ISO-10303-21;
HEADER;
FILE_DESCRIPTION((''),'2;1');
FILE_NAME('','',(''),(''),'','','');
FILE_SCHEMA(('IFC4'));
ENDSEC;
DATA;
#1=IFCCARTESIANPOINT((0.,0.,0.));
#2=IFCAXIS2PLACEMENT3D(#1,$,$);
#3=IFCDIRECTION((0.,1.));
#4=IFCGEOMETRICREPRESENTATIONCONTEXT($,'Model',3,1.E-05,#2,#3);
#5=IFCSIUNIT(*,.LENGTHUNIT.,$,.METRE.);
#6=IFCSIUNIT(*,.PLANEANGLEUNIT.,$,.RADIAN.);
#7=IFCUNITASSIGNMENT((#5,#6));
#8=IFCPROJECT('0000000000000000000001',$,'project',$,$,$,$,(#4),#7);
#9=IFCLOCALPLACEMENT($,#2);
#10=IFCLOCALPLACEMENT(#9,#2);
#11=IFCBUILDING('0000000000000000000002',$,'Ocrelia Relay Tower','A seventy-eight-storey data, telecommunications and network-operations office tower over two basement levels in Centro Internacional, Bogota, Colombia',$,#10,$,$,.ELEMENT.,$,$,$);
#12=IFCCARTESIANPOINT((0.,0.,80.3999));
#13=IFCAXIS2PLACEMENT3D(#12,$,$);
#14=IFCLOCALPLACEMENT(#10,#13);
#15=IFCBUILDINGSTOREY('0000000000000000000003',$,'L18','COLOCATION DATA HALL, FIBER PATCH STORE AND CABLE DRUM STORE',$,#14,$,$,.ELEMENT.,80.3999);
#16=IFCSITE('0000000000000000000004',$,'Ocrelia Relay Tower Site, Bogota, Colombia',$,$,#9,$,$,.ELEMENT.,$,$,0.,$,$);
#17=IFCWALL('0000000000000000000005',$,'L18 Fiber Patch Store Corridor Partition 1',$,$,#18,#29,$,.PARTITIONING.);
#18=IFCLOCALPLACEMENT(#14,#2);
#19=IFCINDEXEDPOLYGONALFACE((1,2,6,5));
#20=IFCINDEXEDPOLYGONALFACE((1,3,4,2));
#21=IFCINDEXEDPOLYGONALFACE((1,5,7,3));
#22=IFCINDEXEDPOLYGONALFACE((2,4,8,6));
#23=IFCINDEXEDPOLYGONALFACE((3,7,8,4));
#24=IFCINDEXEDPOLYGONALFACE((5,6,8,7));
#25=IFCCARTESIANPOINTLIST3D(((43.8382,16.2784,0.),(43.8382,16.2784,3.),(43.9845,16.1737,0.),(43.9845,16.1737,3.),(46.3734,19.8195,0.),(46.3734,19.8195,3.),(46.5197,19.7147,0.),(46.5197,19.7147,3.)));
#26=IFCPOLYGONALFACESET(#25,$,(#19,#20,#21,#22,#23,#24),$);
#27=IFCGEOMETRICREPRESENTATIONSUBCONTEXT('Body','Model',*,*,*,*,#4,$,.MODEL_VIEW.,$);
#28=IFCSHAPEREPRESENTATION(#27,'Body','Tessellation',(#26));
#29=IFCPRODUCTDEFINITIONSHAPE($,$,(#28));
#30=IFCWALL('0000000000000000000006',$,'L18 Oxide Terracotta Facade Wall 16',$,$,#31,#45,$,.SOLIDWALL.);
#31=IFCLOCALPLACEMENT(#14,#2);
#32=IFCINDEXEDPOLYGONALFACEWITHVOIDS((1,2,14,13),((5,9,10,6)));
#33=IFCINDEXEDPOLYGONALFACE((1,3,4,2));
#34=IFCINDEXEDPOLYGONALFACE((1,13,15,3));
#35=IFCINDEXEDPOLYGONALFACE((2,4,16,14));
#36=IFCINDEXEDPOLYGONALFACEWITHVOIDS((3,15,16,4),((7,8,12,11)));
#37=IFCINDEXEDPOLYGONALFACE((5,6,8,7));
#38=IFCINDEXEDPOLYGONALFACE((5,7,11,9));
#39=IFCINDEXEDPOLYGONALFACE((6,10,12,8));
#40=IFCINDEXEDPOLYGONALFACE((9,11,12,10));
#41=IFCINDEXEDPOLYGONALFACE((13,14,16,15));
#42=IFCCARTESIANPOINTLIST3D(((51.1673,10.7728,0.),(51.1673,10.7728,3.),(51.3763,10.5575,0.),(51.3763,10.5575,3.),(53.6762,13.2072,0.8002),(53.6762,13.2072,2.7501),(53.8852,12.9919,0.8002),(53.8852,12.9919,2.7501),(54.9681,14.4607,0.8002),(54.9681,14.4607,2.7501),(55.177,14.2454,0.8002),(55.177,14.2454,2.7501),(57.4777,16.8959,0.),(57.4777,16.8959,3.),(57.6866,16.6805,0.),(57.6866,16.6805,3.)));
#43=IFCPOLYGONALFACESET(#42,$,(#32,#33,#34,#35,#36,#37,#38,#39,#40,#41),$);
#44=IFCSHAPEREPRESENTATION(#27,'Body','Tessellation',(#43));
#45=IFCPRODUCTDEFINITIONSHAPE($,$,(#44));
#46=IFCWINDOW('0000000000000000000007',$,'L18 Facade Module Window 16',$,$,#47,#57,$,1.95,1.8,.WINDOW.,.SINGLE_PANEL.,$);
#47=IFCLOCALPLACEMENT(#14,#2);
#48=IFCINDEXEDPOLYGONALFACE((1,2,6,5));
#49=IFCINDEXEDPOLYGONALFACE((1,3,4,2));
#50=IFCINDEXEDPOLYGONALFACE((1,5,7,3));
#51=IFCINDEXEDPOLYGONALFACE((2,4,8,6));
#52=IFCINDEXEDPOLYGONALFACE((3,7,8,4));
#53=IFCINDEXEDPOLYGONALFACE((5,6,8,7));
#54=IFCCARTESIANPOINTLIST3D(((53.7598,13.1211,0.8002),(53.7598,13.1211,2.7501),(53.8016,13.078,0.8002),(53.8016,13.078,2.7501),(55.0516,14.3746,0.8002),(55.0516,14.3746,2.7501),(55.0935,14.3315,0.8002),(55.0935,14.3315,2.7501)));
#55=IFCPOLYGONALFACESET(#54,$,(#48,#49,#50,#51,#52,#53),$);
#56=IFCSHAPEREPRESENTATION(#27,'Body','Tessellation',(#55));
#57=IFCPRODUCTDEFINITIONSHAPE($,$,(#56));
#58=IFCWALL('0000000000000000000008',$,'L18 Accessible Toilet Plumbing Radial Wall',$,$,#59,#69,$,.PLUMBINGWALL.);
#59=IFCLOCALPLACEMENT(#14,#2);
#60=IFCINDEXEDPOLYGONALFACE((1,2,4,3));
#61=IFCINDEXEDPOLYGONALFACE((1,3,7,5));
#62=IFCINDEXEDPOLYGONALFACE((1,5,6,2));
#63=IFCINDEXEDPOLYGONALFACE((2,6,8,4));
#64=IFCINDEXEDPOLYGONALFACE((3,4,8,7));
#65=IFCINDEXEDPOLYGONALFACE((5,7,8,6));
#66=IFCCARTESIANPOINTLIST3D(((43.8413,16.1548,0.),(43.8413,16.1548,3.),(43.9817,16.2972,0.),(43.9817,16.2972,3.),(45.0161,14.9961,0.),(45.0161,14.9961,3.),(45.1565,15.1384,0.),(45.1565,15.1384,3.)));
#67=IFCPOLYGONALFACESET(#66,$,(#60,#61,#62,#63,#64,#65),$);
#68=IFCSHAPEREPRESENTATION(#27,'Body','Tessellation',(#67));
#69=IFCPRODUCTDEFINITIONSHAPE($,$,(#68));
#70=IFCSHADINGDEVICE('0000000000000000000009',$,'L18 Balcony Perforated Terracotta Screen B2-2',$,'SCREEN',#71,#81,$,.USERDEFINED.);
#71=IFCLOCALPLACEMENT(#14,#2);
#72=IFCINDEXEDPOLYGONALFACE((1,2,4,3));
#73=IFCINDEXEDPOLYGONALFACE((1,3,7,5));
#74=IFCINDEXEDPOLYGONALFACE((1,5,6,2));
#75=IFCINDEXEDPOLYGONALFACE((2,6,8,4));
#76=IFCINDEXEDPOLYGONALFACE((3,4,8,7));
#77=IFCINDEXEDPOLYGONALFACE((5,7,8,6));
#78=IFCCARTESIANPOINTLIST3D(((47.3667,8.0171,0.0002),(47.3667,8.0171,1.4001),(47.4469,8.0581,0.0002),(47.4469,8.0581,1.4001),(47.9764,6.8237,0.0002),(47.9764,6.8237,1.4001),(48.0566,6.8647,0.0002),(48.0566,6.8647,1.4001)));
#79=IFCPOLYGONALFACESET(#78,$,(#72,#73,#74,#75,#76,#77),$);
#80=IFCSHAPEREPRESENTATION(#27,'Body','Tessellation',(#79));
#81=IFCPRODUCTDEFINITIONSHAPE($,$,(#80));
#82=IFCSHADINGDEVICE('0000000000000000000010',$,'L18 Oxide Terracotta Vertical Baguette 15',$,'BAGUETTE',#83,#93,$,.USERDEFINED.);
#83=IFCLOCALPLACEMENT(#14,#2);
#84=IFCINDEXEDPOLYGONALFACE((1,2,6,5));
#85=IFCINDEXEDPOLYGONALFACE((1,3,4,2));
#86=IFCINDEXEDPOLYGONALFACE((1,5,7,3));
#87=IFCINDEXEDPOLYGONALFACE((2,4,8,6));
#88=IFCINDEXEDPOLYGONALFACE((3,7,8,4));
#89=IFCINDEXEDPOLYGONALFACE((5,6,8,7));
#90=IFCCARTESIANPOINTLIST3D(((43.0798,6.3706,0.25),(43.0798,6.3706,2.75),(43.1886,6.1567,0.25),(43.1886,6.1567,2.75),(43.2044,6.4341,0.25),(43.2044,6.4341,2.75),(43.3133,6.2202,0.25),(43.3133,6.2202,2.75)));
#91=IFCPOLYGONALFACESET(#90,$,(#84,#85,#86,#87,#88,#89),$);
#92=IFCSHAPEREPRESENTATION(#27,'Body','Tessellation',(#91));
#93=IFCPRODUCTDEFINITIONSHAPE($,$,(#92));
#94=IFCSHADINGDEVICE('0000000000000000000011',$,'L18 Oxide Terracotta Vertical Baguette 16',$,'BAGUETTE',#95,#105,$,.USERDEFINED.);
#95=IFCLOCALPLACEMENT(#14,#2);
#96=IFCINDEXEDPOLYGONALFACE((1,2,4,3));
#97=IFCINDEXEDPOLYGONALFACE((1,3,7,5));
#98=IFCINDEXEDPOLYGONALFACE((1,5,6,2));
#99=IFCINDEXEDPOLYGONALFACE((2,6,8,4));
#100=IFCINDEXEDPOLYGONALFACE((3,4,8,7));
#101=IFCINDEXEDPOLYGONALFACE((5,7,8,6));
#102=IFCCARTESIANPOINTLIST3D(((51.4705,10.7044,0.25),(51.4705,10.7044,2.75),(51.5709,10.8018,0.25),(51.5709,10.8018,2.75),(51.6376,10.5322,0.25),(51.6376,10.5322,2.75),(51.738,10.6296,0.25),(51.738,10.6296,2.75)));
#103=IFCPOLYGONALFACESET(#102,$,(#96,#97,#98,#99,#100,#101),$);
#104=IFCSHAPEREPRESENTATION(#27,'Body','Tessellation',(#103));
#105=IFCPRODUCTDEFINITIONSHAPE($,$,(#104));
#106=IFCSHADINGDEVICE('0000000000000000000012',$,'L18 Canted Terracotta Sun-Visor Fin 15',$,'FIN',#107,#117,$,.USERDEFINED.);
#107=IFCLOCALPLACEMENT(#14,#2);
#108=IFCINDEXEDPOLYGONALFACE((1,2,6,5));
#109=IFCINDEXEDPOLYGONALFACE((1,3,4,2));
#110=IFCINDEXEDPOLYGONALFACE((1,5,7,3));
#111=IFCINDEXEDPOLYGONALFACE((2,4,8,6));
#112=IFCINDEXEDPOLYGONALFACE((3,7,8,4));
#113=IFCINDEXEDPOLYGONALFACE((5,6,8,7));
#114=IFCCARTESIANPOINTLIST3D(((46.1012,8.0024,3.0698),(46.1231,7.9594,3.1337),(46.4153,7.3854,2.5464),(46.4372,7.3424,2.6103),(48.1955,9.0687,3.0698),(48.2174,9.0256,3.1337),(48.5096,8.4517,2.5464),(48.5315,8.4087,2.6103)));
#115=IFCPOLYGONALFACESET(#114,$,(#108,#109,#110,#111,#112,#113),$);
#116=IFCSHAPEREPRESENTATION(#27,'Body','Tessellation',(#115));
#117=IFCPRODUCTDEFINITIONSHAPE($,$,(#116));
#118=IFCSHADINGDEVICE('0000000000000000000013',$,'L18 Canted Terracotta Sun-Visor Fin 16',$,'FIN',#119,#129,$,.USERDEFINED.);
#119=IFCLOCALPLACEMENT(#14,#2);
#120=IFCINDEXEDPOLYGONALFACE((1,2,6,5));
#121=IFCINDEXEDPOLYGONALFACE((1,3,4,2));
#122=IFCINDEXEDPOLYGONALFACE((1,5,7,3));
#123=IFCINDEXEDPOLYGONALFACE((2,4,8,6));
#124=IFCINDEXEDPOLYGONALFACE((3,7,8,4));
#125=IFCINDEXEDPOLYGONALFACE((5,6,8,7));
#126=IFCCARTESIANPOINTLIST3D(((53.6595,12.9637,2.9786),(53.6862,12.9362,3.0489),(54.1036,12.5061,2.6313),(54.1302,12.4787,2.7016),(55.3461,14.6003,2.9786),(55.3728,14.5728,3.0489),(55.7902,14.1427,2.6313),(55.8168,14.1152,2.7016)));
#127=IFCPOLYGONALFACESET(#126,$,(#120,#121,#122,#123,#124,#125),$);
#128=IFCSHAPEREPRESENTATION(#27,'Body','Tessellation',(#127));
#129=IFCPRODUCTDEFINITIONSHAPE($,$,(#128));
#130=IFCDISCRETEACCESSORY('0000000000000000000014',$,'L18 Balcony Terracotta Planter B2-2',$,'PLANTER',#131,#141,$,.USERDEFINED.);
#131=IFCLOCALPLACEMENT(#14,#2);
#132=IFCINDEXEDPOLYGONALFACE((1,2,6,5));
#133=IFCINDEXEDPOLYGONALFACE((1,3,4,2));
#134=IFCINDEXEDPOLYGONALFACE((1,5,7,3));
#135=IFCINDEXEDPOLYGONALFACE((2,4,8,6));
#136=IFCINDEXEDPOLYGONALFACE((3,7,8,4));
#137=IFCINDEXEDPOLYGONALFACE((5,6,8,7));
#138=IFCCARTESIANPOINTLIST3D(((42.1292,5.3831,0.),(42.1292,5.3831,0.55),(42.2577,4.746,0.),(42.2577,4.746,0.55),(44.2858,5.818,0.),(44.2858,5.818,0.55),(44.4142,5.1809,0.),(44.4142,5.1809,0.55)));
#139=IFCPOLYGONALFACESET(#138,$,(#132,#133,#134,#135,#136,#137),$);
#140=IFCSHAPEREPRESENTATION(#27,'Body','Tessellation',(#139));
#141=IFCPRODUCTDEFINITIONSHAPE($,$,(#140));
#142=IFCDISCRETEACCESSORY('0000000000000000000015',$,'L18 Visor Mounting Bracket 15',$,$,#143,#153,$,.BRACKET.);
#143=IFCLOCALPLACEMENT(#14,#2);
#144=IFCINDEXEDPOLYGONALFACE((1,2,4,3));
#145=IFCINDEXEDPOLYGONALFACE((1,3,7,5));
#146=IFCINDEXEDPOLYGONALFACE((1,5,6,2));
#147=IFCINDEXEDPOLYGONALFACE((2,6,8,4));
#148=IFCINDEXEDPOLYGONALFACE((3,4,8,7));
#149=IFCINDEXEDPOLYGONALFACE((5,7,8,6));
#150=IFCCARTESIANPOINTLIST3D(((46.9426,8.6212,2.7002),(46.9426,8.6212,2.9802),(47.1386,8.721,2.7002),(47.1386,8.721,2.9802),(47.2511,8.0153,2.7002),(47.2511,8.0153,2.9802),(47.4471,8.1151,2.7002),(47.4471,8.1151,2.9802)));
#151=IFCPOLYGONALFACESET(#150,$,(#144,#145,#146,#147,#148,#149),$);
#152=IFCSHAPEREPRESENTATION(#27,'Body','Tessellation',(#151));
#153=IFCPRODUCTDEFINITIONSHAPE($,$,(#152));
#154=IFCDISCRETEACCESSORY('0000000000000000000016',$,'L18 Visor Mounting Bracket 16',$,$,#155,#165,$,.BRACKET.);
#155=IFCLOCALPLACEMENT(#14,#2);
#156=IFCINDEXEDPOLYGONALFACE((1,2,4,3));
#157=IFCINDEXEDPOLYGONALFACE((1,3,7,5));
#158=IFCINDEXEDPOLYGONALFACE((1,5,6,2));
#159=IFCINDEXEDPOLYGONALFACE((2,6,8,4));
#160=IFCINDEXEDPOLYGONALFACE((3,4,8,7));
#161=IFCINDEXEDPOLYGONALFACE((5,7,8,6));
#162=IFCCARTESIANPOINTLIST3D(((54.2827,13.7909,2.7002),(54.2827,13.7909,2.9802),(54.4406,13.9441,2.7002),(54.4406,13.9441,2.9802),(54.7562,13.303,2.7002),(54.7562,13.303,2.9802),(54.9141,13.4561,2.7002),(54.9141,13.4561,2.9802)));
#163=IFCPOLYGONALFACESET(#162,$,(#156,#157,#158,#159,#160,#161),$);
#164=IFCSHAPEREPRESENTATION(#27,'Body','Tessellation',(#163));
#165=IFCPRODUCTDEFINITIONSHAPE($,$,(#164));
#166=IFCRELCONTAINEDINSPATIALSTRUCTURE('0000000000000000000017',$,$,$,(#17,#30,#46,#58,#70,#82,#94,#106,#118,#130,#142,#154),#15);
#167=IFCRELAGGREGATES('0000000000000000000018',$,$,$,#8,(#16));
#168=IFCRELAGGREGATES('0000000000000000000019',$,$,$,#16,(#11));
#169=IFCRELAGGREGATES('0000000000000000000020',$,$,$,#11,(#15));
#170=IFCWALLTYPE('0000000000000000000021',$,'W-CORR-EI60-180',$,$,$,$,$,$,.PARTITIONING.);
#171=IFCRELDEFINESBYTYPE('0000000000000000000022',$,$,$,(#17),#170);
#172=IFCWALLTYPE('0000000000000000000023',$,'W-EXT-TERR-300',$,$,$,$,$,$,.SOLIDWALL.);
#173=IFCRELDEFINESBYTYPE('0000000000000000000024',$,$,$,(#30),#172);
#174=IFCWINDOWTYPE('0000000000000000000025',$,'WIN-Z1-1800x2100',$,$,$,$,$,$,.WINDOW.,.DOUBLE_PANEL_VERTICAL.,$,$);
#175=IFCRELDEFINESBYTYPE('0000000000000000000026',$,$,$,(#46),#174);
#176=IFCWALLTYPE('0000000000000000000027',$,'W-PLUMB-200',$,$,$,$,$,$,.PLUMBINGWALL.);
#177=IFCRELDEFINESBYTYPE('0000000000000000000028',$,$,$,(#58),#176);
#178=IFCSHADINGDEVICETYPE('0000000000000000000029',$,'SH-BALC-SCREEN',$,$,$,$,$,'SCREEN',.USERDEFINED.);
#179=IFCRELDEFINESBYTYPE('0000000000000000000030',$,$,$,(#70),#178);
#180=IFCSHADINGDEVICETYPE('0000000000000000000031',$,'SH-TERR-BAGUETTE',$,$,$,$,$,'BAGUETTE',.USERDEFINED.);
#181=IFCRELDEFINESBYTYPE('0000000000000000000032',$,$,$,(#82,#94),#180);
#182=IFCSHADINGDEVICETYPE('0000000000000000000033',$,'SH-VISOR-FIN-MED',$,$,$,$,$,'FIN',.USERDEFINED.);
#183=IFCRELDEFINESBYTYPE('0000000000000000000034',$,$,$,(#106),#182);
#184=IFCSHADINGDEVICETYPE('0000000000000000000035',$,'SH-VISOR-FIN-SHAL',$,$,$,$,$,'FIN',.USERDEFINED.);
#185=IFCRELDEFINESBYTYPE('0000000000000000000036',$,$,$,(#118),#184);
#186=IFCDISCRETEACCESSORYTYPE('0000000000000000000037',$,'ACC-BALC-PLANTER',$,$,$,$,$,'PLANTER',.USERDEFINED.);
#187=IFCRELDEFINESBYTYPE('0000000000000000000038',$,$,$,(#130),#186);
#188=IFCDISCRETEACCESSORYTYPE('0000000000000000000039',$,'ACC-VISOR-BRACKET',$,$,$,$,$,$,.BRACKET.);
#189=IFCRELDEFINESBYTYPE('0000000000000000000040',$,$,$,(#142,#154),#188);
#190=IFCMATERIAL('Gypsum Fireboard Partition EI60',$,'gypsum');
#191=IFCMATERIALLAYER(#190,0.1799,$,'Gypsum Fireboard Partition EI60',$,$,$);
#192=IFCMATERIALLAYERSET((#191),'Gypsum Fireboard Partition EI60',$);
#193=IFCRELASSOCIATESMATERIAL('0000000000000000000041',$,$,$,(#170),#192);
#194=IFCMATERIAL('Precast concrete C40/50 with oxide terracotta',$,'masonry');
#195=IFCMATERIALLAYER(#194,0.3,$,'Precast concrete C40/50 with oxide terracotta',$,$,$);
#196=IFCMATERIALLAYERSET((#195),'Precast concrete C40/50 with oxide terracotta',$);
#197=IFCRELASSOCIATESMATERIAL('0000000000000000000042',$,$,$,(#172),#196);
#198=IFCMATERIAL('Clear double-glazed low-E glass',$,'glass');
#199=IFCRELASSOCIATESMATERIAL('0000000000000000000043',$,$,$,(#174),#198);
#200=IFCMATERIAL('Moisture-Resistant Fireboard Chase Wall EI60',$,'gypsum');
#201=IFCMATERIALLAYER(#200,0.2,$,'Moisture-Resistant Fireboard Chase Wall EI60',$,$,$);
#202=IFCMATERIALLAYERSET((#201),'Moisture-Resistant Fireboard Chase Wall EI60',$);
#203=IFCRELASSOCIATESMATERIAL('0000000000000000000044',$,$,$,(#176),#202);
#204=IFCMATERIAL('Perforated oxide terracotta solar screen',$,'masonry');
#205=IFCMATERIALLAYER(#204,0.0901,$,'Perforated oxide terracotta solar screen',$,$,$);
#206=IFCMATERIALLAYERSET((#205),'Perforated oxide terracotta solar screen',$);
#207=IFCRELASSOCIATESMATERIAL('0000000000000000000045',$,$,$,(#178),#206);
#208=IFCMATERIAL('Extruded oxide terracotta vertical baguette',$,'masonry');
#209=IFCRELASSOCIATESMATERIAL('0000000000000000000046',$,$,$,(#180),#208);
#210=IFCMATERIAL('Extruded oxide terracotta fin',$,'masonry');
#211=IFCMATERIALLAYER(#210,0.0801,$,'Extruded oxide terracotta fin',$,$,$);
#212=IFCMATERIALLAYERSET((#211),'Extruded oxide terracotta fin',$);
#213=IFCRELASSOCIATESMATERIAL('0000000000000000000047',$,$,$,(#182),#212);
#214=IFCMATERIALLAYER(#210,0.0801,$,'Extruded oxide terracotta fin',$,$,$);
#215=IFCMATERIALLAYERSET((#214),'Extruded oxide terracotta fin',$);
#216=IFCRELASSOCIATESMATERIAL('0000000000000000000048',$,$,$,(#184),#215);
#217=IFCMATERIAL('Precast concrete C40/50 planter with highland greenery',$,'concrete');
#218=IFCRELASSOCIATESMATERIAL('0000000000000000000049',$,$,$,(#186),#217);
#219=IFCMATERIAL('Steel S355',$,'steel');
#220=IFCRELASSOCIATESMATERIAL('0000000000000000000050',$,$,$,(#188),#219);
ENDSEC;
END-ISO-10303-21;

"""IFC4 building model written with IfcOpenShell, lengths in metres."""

from ifc_helpers import new_model, si_unit, direction, frame, frame_2d, origin, origin_2d, place, context, subcontext, project, spatial, rectangle, extrude, material, layer, layer_set, type_object, element, fill, save


model = new_model("IFC4")

# Units and contexts
model_context = context("Model", 3, precision=1e-05, world=origin(), true_north=direction((0.0, 1.0)))
body_context = subcontext(model_context, "Body", "Model", "MODEL_VIEW")
ifc_project = project(units=[si_unit("LENGTHUNIT", "METRE"), si_unit("PLANEANGLEUNIT", "RADIAN")], contexts=[model_context])

# Site, building, storey
site_placement = place(None, origin())
site = spatial("IfcSite", under=ifc_project, at=site_placement, Name="Ocrelia Relay Tower Site, Bogota, Colombia", CompositionType="ELEMENT", RefElevation=0.0)
building_placement = place(site_placement, origin())
building = spatial("IfcBuilding", under=site, at=building_placement, Name="Ocrelia Relay Tower", Description="A seventy-eight-storey data, telecommunications and network-operations office tower over two basement levels in Centro Internacional, Bogota, Colombia", CompositionType="ELEMENT")
storey_placement = place(building_placement, frame((0.0, 0.0, 80.3999)))
storey = spatial("IfcBuildingStorey", under=building, at=storey_placement, Name="L18", Description="COLOCATION DATA HALL, FIBER PATCH STORE AND CABLE DRUM STORE", CompositionType="ELEMENT", Elevation=80.3999)

# Shared definitions
ifc_material_1 = material(Name="Steel S355", Category="steel")

# Wall
ifc_material_2 = material(Name="Gypsum Fireboard Partition EI60", Category="gypsum")
ifc_layer_1 = layer(ifc_material_2, 0.1799, Name="Gypsum Fireboard Partition EI60")
ifc_layer_set_1 = layer_set([ifc_layer_1], Name="Gypsum Fireboard Partition EI60")
wall_type_1 = type_object("IfcWallType", Name="W-CORR-EI60-180", PredefinedType="PARTITIONING", material=ifc_layer_set_1)
wall_1_placement = place(storey_placement, frame((43.9114, 16.2261, 0.0), z_axis=(0.0, 0.0, 1.0), x_axis=(0.582129, 0.813097, 0.0)))
element("IfcWall", 1, at=wall_1_placement, inside=storey, type_object=wall_type_1, Name="L18 Fiber Patch Store Corridor Partition 1", PredefinedType="PARTITIONING", context=body_context, shape_type="SweptSolid", body=[
    extrude(rectangle(XDim=4.355, YDim=0.1799, at=frame_2d((2.1775, 0.0))), origin(), (0.0, 0.0, 1.0), 3.0),
])

# Wall, opening, window
ifc_material_3 = material(Name="Precast concrete C40/50 with oxide terracotta", Category="masonry")
ifc_layer_2 = layer(ifc_material_3, 0.3, Name="Precast concrete C40/50 with oxide terracotta")
ifc_layer_set_2 = layer_set([ifc_layer_2], Name="Precast concrete C40/50 with oxide terracotta")
wall_type_2 = type_object("IfcWallType", Name="W-EXT-TERR-300", PredefinedType="SOLIDWALL", material=ifc_layer_set_2)
wall_2_placement = place(storey_placement, frame((51.2717, 10.665, 0.0), z_axis=(0.0, 0.0, 1.0), x_axis=(0.717675, 0.696378, 0.0)))
wall_2 = element("IfcWall", 2, at=wall_2_placement, inside=storey, type_object=wall_type_2, Name="L18 Oxide Terracotta Facade Wall 16", PredefinedType="SOLIDWALL", context=body_context, shape_type="SweptSolid", body=[
    extrude(rectangle(XDim=8.7927, YDim=0.3, at=frame_2d((4.3965, 0.0))), origin(), (0.0, 0.0, 1.0), 3.0),
])
opening_placement = place(wall_2_placement, frame((3.4961, 0.0, 0.8)))
opening = element("IfcOpeningElement", 3, at=opening_placement, cuts=wall_2, PredefinedType="OPENING", context=body_context, shape_type="SweptSolid", body=[
    extrude(rectangle(XDim=1.8, YDim=1.95, at=frame_2d((0.8999, 0.9751))), frame((0.0, 0.1602, 0.0), z_axis=(0.0, -1.0, 0.0), x_axis=(1.0, 0.0, 0.0)), (0.0, 0.0, 1.0), 0.3201),
])
ifc_material_4 = material(Name="Clear double-glazed low-E glass", Category="glass")
window_type = type_object("IfcWindowType", Name="WIN-Z1-1800x2100", PartitioningType="DOUBLE_PANEL_VERTICAL", PredefinedType="WINDOW", material=ifc_material_4)
window_placement = place(opening_placement, origin())
window = element("IfcWindow", 4, at=window_placement, inside=storey, type_object=window_type, Name="L18 Facade Module Window 16", OverallHeight=1.95, OverallWidth=1.8, PartitioningType="SINGLE_PANEL", PredefinedType="WINDOW", context=body_context, shape_type="SweptSolid", body=[
    extrude(rectangle(XDim=1.8, YDim=1.95, at=frame_2d((0.8999, 0.9751))), frame((0.0, 0.03, 0.0), z_axis=(0.0, -1.0, 0.0), x_axis=(1.0, 0.0, 0.0)), (0.0, 0.0, 1.0), 0.0601),
])
fill(opening, window)

# Wall
ifc_material_5 = material(Name="Moisture-Resistant Fireboard Chase Wall EI60", Category="gypsum")
ifc_layer_3 = layer(ifc_material_5, 0.2, Name="Moisture-Resistant Fireboard Chase Wall EI60")
ifc_layer_set_3 = layer_set([ifc_layer_3], Name="Moisture-Resistant Fireboard Chase Wall EI60")
wall_type_3 = type_object("IfcWallType", Name="W-PLUMB-200", PredefinedType="PLUMBINGWALL", material=ifc_layer_set_3)
wall_3_placement = place(storey_placement, frame((43.9114, 16.2261, 0.0), z_axis=(0.0, 0.0, 1.0), x_axis=(0.711973, -0.702207, 0.0)))
element("IfcWall", 5, at=wall_3_placement, inside=storey, type_object=wall_type_3, Name="L18 Accessible Toilet Plumbing Radial Wall", PredefinedType="PLUMBINGWALL", context=body_context, shape_type="SweptSolid", body=[
    extrude(rectangle(XDim=1.6501, YDim=0.2, at=frame_2d((0.8252, 0.0))), origin(), (0.0, 0.0, 1.0), 3.0),
])

# Shading devices
ifc_material_6 = material(Name="Perforated oxide terracotta solar screen", Category="masonry")
ifc_layer_4 = layer(ifc_material_6, 0.0901, Name="Perforated oxide terracotta solar screen")
ifc_layer_set_4 = layer_set([ifc_layer_4], Name="Perforated oxide terracotta solar screen")
shading_device_type_1 = type_object("IfcShadingDeviceType", Name="SH-BALC-SCREEN", ElementType="SCREEN", PredefinedType="USERDEFINED", material=ifc_layer_set_4)
shading_device_1_placement = place(storey_placement, frame((47.7117, 7.4409, 0.0002), z_axis=(0.0, 0.0, 1.0), x_axis=(0.454976, -0.890504, 0.0)))
element("IfcShadingDevice", 6, at=shading_device_1_placement, inside=storey, type_object=shading_device_type_1, Name="L18 Balcony Perforated Terracotta Screen B2-2", ObjectType="SCREEN", PredefinedType="USERDEFINED", context=body_context, shape_type="SweptSolid", body=[
    extrude(rectangle(XDim=1.3401, YDim=0.0901, at=origin_2d()), origin(), (0.0, 0.0, 1.0), 1.3999),
])
ifc_material_7 = material(Name="Extruded oxide terracotta vertical baguette", Category="masonry")
shading_device_type_2 = type_object("IfcShadingDeviceType", Name="SH-TERR-BAGUETTE", ElementType="BAGUETTE", PredefinedType="USERDEFINED", material=ifc_material_7)
for number, where, z_axis, x_axis, name in (
    (7, (43.1965, 6.2954, 0.25), (0.0, 0.0, 1.0), (0.891148, 0.453712, 0.0), "L18 Oxide Terracotta Vertical Baguette 15"),
    (8, (51.6042, 10.667, 0.25), (0.0, 0.0, 1.0), (0.717672, 0.696381, 0.0), "L18 Oxide Terracotta Vertical Baguette 16"),
):
    element("IfcShadingDevice", number, at=place(storey_placement, frame(where, z_axis=z_axis, x_axis=x_axis)), inside=storey, type_object=shading_device_type_2, Name=name, ObjectType="BAGUETTE", PredefinedType="USERDEFINED", context=body_context, shape_type="SweptSolid", body=[
        extrude(rectangle(XDim=0.1399, YDim=0.24, at=origin_2d()), origin(), (0.0, 0.0, 1.0), 2.5),
    ])
ifc_material_8 = material(Name="Extruded oxide terracotta fin", Category="masonry")
ifc_layer_5 = layer(ifc_material_8, 0.0801, Name="Extruded oxide terracotta fin")
ifc_layer_set_5 = layer_set([ifc_layer_5], Name="Extruded oxide terracotta fin")
shading_device_type_3 = type_object("IfcShadingDeviceType", Name="SH-VISOR-FIN-MED", ElementType="FIN", PredefinedType="USERDEFINED", material=ifc_layer_set_5)
shading_device_2_placement = place(storey_placement, frame((47.3054, 8.2271, 2.8081), z_axis=(0.27362, -0.537424, 0.797689), x_axis=(0.891148, 0.453712, 0.0)))
element("IfcShadingDevice", 9, at=shading_device_2_placement, inside=storey, type_object=shading_device_type_3, Name="L18 Canted Terracotta Sun-Visor Fin 15", ObjectType="FIN", PredefinedType="USERDEFINED", context=body_context, shape_type="SweptSolid", body=[
    extrude(rectangle(XDim=2.3501, YDim=0.8679, at=origin_2d()), origin(), (0.0, 0.0, 1.0), 0.0801),
])
ifc_layer_6 = layer(ifc_material_8, 0.0801, Name="Extruded oxide terracotta fin")
ifc_layer_set_6 = layer_set([ifc_layer_6], Name="Extruded oxide terracotta fin")
shading_device_type_4 = type_object("IfcShadingDeviceType", Name="SH-VISOR-FIN-SHAL", ElementType="FIN", PredefinedType="USERDEFINED", material=ifc_layer_set_6)
shading_device_3_placement = place(storey_placement, frame((54.7249, 13.5532, 2.8049), z_axis=(0.333139, -0.343324, 0.87815), x_axis=(0.717672, 0.696381, 0.0)))
element("IfcShadingDevice", 10, at=shading_device_3_placement, inside=storey, type_object=shading_device_type_4, Name="L18 Canted Terracotta Sun-Visor Fin 16", ObjectType="FIN", PredefinedType="USERDEFINED", context=body_context, shape_type="SweptSolid", body=[
    extrude(rectangle(XDim=2.3501, YDim=0.7261, at=origin_2d()), origin(), (0.0, 0.0, 1.0), 0.0801),
])

# Discrete accessories
ifc_material_9 = material(Name="Precast concrete C40/50 planter with highland greenery", Category="concrete")
discrete_accessory_type_1 = type_object("IfcDiscreteAccessoryType", Name="ACC-BALC-PLANTER", ElementType="PLANTER", PredefinedType="USERDEFINED", material=ifc_material_9)
discrete_accessory_placement = place(storey_placement, frame((43.2717, 5.282, 0.0), z_axis=(0.0, 0.0, 1.0), x_axis=(-0.980269, -0.197667, 0.0)))
element("IfcDiscreteAccessory", 11, at=discrete_accessory_placement, inside=storey, type_object=discrete_accessory_type_1, Name="L18 Balcony Terracotta Planter B2-2", ObjectType="PLANTER", PredefinedType="USERDEFINED", context=body_context, shape_type="SweptSolid", body=[
    extrude(rectangle(XDim=2.2, YDim=0.6499, at=origin_2d()), origin(), (0.0, 0.0, 1.0), 0.55),
])
discrete_accessory_type_2 = type_object("IfcDiscreteAccessoryType", Name="ACC-VISOR-BRACKET", PredefinedType="BRACKET", material=ifc_material_1)
for number, where, z_axis, x_axis, name in (
    (12, (47.1948, 8.3682, 2.7002), (0.0, 0.0, 1.0), (0.891148, 0.453712, 0.0), "L18 Visor Mounting Bracket 15"),
    (13, (54.5984, 13.6235, 2.7002), (0.0, 0.0, 1.0), (0.717672, 0.696381, 0.0), "L18 Visor Mounting Bracket 16"),
):
    element("IfcDiscreteAccessory", number, at=place(storey_placement, frame(where, z_axis=z_axis, x_axis=x_axis)), inside=storey, type_object=discrete_accessory_type_2, Name=name, PredefinedType="BRACKET", context=body_context, shape_type="SweptSolid", body=[
        extrude(rectangle(XDim=0.22, YDim=0.6799, at=origin_2d()), origin(), (0.0, 0.0, 1.0), 0.28),
    ])

save(model, "model.ifc")
